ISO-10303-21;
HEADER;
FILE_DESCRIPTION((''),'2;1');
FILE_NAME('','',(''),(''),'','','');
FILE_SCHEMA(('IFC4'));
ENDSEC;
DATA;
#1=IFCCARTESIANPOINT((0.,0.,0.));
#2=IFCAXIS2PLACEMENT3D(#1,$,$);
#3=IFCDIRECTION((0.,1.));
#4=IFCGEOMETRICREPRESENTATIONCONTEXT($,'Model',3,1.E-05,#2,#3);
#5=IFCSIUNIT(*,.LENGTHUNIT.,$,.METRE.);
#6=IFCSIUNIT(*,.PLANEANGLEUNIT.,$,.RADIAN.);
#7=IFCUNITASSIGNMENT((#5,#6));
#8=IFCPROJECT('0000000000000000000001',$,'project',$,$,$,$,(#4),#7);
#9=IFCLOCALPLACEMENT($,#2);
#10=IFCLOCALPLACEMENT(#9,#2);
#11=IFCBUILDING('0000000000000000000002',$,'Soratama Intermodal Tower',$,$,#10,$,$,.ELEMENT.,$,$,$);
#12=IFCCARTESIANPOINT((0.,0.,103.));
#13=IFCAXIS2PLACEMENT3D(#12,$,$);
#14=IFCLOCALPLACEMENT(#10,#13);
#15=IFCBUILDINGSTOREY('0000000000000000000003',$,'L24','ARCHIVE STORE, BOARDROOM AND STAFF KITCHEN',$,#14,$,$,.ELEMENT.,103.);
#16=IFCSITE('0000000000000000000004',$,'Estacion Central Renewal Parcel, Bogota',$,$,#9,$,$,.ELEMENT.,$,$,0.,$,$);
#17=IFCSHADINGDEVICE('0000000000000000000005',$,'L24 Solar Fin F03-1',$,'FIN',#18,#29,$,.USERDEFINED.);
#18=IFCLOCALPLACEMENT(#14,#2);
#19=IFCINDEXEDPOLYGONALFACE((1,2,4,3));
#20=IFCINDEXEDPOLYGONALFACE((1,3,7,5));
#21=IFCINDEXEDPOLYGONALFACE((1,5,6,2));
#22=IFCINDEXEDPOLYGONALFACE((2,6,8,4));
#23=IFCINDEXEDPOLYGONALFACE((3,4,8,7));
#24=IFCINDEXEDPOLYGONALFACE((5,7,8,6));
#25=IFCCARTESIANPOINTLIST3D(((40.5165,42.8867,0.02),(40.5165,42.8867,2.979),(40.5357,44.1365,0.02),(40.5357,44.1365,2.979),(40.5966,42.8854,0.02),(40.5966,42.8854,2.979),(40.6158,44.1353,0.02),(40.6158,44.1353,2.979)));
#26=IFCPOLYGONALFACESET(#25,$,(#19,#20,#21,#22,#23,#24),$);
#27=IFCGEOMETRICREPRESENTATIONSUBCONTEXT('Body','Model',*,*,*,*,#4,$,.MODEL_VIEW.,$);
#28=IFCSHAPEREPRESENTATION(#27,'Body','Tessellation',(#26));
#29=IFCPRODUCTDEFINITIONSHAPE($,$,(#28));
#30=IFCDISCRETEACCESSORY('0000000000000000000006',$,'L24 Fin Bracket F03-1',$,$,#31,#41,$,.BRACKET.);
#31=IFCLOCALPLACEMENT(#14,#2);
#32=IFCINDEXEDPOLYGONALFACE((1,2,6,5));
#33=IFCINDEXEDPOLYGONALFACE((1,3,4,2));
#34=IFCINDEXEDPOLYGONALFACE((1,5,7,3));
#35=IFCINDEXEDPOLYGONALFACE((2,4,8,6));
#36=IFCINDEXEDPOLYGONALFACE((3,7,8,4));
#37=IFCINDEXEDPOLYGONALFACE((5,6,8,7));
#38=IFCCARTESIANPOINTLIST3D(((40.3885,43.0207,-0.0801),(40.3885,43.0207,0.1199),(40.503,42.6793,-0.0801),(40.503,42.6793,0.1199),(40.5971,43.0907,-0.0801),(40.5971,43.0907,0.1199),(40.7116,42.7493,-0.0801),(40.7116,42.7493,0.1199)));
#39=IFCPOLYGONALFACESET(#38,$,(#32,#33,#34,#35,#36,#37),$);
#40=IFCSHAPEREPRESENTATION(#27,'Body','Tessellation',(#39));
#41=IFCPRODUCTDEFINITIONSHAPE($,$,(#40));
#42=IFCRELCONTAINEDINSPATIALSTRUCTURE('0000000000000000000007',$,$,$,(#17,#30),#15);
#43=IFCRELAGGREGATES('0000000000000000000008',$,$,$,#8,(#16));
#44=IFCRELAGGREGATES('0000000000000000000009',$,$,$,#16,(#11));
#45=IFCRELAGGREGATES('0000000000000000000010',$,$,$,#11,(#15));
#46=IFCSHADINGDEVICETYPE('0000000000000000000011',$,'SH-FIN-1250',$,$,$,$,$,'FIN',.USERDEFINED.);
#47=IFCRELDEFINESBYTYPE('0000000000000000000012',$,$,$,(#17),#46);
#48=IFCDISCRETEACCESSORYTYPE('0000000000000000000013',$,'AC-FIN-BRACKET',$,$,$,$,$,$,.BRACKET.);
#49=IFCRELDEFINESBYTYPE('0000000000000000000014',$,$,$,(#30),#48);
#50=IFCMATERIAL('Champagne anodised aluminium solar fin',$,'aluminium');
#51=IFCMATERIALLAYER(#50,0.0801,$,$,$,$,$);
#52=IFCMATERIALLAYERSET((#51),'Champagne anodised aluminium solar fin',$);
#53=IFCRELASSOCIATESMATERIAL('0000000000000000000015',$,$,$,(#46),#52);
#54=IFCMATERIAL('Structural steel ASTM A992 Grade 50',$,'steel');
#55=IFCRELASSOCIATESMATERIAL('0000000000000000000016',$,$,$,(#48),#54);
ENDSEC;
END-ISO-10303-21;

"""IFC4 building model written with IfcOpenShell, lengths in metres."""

from ifc_helpers import new_model, si_unit, direction, frame, origin, origin_2d, place, context, subcontext, project, spatial, rectangle, extrude, material, layer, layer_set, type_object, element, save


model = new_model("IFC4")

# Units and contexts
model_context = context("Model", 3, precision=1e-05, world=origin(), true_north=direction((0.0, 1.0)))
body_context = subcontext(model_context, "Body", "Model", "MODEL_VIEW")
ifc_project = project(units=[si_unit("LENGTHUNIT", "METRE"), si_unit("PLANEANGLEUNIT", "RADIAN")], contexts=[model_context])

# Site, building, storey
site_placement = place(None, origin())
site = spatial("IfcSite", under=ifc_project, at=site_placement, Name="Estacion Central Renewal Parcel, Bogota", CompositionType="ELEMENT", RefElevation=0.0)
building_placement = place(site_placement, origin())
building = spatial("IfcBuilding", under=site, at=building_placement, Name="Soratama Intermodal Tower", CompositionType="ELEMENT")
storey_placement = place(building_placement, frame((0.0, 0.0, 103.0)))
storey = spatial("IfcBuildingStorey", under=building, at=storey_placement, Name="L24", Description="ARCHIVE STORE, BOARDROOM AND STAFF KITCHEN", CompositionType="ELEMENT", Elevation=103.0)

# Shading device
ifc_material_1 = material(Name="Champagne anodised aluminium solar fin", Category="aluminium")
ifc_layer_1 = layer(ifc_material_1, 0.0801)
ifc_layer_set_1 = layer_set([ifc_layer_1], Name="Champagne anodised aluminium solar fin")
shading_device_type = type_object("IfcShadingDeviceType", Name="SH-FIN-1250", ElementType="FIN", PredefinedType="USERDEFINED", material=ifc_layer_set_1)
shading_device_placement = place(storey_placement, frame((40.5662, 43.511, 0.02), z_axis=(0.0, 0.0, 1.0), x_axis=(0.015358, 0.999882, 0.0)))
element("IfcShadingDevice", 1, at=shading_device_placement, inside=storey, type_object=shading_device_type, Name="L24 Solar Fin F03-1", ObjectType="FIN", PredefinedType="USERDEFINED", context=body_context, shape_type="SweptSolid", body=[
    extrude(rectangle(XDim=1.25, YDim=0.0801, at=origin_2d()), origin(), (0.0, 0.0, 1.0), 2.959),
])

# Discrete accessory
ifc_material_2 = material(Name="Structural steel ASTM A992 Grade 50", Category="steel")
discrete_accessory_type = type_object("IfcDiscreteAccessoryType", Name="AC-FIN-BRACKET", PredefinedType="BRACKET", material=ifc_material_2)
discrete_accessory_placement = place(storey_placement, frame((40.55, 42.885, -0.0801), z_axis=(0.0, 0.0, 1.0), x_axis=(-0.317967, 0.948102, 0.0)))
element("IfcDiscreteAccessory", 2, at=discrete_accessory_placement, inside=storey, type_object=discrete_accessory_type, Name="L24 Fin Bracket F03-1", PredefinedType="BRACKET", context=body_context, shape_type="SweptSolid", body=[
    extrude(rectangle(XDim=0.3601, YDim=0.22, at=origin_2d()), origin(), (0.0, 0.0, 1.0), 0.2),
])

save(model, "model.ifc")
